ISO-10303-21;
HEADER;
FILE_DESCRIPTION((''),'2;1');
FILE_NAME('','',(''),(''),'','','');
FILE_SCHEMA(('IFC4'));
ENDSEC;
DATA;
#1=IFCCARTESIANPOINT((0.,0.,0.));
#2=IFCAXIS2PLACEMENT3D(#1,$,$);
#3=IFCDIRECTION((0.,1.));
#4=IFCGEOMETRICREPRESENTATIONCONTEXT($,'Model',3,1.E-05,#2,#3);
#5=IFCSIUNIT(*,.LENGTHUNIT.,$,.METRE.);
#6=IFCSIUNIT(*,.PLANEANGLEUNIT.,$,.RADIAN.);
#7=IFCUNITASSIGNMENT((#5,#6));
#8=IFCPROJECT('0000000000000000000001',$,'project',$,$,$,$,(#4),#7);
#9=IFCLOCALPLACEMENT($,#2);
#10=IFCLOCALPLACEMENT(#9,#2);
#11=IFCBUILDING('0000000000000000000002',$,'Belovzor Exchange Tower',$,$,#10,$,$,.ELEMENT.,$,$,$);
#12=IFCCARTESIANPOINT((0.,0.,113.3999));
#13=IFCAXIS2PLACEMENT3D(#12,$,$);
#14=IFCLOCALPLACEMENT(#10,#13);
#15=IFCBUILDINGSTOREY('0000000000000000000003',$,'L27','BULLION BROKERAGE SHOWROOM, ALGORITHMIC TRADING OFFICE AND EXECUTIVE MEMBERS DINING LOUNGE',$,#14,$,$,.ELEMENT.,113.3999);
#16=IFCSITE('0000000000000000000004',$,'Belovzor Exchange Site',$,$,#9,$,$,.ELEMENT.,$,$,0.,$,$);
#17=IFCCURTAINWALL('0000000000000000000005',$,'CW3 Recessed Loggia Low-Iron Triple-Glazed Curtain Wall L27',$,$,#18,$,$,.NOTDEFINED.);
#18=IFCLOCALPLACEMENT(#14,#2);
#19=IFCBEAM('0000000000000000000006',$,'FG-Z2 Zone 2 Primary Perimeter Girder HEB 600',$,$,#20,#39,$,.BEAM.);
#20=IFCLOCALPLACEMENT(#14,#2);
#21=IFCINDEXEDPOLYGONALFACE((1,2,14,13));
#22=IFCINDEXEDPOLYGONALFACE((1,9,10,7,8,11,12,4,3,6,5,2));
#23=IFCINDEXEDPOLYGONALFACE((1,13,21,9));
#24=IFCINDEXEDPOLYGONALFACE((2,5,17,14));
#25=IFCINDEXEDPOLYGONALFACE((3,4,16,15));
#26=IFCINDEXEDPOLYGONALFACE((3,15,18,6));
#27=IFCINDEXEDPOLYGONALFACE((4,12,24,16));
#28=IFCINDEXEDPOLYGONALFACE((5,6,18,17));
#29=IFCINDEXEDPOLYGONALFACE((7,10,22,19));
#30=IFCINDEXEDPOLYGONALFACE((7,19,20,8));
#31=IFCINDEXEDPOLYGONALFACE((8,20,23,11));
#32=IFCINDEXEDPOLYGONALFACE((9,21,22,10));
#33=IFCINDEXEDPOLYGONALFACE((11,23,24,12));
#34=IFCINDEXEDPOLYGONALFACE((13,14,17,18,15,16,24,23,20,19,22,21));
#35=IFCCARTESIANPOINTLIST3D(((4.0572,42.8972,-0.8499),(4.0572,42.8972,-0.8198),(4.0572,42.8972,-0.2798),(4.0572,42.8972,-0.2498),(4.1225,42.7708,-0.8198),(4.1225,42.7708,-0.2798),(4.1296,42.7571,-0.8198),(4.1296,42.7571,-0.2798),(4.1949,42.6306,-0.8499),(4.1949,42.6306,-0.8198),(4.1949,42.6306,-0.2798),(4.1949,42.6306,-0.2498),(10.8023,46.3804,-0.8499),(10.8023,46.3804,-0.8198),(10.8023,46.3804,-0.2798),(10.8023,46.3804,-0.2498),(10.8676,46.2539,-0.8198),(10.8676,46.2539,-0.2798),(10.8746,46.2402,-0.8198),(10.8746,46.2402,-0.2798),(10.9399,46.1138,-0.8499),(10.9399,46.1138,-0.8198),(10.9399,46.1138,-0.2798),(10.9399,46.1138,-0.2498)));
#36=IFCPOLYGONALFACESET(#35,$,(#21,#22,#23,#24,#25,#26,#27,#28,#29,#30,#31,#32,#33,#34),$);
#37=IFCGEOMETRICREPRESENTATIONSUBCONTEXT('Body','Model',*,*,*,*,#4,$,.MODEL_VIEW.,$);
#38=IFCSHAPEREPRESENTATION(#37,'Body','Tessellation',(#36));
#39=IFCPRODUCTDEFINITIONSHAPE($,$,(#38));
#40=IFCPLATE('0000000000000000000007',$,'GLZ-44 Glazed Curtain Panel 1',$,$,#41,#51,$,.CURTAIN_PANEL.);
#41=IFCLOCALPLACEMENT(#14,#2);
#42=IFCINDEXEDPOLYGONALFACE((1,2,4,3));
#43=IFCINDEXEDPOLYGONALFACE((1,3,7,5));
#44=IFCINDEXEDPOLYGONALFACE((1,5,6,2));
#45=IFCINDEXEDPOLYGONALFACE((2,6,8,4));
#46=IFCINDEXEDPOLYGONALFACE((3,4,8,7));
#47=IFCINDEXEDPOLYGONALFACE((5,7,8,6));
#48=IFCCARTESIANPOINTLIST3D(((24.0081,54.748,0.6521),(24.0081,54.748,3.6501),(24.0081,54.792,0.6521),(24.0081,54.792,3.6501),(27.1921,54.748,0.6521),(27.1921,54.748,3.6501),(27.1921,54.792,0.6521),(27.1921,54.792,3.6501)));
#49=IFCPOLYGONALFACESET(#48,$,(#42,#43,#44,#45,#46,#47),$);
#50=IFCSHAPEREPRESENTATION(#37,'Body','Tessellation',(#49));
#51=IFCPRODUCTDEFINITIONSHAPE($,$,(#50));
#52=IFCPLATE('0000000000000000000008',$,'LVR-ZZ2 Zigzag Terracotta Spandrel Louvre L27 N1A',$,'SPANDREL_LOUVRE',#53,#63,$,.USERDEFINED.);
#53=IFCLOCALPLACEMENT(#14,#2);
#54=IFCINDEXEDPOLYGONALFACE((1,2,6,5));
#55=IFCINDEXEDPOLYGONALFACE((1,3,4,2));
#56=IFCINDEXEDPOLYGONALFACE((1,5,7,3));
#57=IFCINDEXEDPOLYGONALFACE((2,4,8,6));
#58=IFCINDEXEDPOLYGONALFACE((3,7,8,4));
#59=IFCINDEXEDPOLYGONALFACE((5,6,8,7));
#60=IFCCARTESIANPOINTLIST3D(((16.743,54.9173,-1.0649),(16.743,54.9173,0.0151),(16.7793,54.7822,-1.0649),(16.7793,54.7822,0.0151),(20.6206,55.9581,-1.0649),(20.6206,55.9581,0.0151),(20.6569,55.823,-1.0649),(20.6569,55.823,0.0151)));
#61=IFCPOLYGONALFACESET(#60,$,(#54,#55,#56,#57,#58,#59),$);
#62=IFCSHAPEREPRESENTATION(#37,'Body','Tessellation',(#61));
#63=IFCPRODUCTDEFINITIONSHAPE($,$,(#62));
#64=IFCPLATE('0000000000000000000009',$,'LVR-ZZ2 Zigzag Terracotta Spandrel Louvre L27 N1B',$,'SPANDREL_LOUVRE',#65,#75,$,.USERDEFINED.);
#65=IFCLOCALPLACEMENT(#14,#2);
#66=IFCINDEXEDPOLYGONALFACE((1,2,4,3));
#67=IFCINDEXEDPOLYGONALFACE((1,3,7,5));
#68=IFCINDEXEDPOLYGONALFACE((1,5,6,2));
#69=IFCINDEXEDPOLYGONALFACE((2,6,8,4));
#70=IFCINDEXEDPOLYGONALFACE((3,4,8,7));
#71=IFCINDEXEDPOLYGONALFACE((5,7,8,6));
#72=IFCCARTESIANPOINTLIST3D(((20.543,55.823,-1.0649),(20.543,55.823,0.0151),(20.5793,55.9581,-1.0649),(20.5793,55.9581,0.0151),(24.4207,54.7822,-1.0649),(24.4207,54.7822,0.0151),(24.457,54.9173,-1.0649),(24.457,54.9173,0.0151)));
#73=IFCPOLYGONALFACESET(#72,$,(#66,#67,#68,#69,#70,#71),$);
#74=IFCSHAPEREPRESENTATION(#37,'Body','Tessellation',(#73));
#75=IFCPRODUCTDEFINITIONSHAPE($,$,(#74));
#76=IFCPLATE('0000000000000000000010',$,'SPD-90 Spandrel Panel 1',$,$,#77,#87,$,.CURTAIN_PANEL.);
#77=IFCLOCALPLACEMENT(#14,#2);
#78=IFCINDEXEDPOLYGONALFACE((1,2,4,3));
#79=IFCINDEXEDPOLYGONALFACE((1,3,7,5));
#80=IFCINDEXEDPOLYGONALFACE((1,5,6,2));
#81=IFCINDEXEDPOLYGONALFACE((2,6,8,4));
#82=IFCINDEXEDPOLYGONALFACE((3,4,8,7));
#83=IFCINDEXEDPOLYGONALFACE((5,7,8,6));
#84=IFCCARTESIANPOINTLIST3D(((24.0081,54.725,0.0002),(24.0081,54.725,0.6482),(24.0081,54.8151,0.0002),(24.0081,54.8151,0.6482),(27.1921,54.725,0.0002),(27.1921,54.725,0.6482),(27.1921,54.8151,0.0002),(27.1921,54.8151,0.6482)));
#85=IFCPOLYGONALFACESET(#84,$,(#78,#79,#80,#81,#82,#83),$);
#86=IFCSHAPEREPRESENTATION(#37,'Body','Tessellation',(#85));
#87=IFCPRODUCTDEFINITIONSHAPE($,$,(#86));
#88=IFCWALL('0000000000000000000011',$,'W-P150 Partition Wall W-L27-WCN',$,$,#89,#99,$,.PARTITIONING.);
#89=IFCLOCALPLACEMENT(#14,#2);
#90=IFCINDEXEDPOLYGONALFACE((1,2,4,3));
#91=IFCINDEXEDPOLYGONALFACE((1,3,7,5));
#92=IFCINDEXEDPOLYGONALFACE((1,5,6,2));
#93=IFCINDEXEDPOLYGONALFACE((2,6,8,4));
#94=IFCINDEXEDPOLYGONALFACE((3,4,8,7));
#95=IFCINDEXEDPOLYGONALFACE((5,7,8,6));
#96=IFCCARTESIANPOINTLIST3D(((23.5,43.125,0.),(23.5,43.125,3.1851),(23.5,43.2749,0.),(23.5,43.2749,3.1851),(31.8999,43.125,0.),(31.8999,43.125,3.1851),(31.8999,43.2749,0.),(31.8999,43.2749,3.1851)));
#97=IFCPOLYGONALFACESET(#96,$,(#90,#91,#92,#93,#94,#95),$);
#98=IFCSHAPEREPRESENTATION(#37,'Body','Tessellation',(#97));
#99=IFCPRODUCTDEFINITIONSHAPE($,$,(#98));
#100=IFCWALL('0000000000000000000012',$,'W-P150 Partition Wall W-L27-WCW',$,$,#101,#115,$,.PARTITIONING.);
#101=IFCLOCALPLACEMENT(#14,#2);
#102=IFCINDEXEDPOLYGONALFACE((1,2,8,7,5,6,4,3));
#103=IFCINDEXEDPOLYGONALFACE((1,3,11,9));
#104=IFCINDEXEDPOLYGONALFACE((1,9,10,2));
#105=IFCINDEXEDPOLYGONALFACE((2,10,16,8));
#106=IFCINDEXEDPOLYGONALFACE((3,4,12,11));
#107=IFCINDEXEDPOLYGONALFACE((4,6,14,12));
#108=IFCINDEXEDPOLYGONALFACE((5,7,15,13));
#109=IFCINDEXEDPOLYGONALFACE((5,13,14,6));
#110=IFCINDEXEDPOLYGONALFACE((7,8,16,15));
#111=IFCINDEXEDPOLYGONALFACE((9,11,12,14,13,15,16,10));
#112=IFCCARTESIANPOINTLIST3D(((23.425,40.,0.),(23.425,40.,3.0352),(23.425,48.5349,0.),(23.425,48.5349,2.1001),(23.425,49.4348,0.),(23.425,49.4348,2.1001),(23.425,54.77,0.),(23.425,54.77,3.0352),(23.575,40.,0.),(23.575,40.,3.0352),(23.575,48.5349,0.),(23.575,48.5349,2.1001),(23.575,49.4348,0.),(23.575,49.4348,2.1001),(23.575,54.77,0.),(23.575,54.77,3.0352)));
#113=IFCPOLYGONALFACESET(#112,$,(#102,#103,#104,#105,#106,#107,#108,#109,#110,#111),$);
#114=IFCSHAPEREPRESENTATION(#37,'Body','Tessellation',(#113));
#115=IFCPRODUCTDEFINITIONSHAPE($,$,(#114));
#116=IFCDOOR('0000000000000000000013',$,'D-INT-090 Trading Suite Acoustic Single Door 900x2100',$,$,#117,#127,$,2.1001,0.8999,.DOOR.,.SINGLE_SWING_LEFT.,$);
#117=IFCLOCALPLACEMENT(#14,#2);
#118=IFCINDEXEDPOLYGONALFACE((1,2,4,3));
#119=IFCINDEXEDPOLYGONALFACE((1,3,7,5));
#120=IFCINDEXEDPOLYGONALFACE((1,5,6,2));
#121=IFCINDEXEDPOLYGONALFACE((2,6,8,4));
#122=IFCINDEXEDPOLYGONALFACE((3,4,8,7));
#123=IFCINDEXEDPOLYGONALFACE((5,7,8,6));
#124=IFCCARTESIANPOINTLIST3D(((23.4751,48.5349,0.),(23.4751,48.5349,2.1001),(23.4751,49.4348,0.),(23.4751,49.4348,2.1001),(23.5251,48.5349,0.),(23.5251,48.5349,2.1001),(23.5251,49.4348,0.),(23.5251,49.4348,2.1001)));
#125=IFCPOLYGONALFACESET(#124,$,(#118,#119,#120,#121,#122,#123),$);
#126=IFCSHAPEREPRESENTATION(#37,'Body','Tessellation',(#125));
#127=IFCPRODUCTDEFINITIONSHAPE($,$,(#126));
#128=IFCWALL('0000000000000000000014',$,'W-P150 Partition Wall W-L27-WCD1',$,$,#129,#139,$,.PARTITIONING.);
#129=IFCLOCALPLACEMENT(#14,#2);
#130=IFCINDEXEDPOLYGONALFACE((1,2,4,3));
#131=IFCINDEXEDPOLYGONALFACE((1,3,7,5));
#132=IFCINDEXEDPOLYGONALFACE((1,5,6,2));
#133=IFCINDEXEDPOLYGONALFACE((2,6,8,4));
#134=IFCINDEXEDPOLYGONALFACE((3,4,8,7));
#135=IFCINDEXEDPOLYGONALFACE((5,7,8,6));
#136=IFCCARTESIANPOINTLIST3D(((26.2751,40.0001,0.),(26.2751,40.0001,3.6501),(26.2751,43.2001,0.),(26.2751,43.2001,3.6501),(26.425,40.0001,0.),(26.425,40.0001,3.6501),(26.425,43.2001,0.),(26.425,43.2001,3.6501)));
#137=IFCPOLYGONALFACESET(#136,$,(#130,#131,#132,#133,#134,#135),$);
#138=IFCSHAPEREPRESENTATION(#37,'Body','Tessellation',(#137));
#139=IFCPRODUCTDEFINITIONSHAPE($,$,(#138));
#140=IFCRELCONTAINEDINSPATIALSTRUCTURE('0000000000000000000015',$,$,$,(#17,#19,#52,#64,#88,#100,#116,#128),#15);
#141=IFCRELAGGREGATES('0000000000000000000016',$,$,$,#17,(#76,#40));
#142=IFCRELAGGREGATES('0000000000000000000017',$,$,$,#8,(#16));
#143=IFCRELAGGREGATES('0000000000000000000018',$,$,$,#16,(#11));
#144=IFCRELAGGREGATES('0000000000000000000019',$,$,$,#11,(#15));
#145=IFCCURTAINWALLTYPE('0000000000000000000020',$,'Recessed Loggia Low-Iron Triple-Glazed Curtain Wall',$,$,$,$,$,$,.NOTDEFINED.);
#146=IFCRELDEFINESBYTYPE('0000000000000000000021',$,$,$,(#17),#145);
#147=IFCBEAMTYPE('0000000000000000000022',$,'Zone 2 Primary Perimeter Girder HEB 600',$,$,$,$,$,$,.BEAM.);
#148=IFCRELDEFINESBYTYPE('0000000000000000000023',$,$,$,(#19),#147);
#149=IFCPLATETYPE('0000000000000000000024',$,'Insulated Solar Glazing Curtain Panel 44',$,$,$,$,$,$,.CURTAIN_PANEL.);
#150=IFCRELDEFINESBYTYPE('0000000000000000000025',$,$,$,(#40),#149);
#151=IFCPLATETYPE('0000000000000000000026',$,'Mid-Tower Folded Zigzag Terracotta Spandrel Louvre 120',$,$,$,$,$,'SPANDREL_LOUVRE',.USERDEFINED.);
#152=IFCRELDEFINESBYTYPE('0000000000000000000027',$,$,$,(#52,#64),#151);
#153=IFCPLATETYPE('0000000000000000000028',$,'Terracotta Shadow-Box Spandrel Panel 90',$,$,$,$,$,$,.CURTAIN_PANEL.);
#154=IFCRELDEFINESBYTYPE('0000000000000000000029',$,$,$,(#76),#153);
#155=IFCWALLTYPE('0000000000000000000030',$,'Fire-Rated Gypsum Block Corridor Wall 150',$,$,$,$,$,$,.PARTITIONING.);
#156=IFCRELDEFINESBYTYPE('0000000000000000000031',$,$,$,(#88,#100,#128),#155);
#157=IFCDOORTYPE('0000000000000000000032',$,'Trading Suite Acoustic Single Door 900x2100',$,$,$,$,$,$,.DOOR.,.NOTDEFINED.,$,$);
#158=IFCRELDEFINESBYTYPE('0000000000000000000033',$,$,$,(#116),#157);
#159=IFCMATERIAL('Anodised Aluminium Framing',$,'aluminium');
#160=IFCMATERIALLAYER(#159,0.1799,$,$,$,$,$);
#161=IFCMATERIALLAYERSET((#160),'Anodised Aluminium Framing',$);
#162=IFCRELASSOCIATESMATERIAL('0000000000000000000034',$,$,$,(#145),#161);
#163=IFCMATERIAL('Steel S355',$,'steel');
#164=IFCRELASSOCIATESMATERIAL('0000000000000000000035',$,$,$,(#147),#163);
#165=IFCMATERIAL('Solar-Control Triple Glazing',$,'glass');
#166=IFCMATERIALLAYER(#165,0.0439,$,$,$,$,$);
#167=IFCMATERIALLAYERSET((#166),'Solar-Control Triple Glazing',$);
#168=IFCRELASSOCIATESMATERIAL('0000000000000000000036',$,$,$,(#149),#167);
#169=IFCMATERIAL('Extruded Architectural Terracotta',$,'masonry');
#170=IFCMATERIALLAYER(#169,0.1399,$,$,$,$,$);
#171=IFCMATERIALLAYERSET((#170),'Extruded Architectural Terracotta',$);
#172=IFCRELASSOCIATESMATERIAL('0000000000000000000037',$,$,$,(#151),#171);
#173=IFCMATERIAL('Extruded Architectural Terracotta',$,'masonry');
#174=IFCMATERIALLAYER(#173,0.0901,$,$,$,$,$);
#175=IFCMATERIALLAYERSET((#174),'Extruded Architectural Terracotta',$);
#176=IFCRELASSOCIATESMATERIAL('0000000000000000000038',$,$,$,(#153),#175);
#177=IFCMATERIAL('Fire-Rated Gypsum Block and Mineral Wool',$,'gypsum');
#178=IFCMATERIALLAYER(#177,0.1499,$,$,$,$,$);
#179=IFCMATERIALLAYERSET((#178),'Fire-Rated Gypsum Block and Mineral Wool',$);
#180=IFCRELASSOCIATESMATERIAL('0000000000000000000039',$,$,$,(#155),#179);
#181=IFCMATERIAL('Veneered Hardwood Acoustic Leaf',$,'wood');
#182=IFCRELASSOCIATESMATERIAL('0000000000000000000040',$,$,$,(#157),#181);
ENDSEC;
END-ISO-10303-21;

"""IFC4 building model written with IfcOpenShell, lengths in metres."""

from ifc_helpers import new_model, si_unit, direction, frame, frame_2d, origin, origin_2d, place, context, subcontext, project, spatial, rectangle, i_section, extrude, material, layer, layer_set, material_profile, profile_set, type_object, element, fill, aggregate, save


model = new_model("IFC4")

# Units and contexts
model_context = context("Model", 3, precision=1e-05, world=origin(), true_north=direction((0.0, 1.0)))
body_context = subcontext(model_context, "Body", "Model", "MODEL_VIEW")
ifc_project = project(units=[si_unit("LENGTHUNIT", "METRE"), si_unit("PLANEANGLEUNIT", "RADIAN")], contexts=[model_context])

# Site, building, storey
site_placement = place(None, origin())
site = spatial("IfcSite", under=ifc_project, at=site_placement, Name="Belovzor Exchange Site", CompositionType="ELEMENT", RefElevation=0.0)
building_placement = place(site_placement, origin())
building = spatial("IfcBuilding", under=site, at=building_placement, Name="Belovzor Exchange Tower", CompositionType="ELEMENT")
storey_placement = place(building_placement, frame((0.0, 0.0, 113.3999)))
storey = spatial("IfcBuildingStorey", under=building, at=storey_placement, Name="L27", Description="BULLION BROKERAGE SHOWROOM, ALGORITHMIC TRADING OFFICE AND EXECUTIVE MEMBERS DINING LOUNGE", CompositionType="ELEMENT", Elevation=113.3999)

# Curtain wall
ifc_material_1 = material(Name="Anodised Aluminium Framing", Category="aluminium")
ifc_layer_1 = layer(ifc_material_1, 0.1799)
ifc_layer_set_1 = layer_set([ifc_layer_1], Name="Anodised Aluminium Framing")
curtain_wall_type = type_object("IfcCurtainWallType", Name="Recessed Loggia Low-Iron Triple-Glazed Curtain Wall", PredefinedType="NOTDEFINED", material=ifc_layer_set_1)
curtain_wall_placement = place(storey_placement, origin())
curtain_wall = element("IfcCurtainWall", 1, at=curtain_wall_placement, inside=storey, type_object=curtain_wall_type, Name="CW3 Recessed Loggia Low-Iron Triple-Glazed Curtain Wall L27", PredefinedType="NOTDEFINED")

# Beam
ifc_material_2 = material(Name="Steel S355", Category="steel")
ifc_material_profile_1 = material_profile(ifc_material_2, i_section(OverallWidth=0.3, OverallDepth=0.6001, WebThickness=0.0154, FlangeThickness=0.03, at=origin_2d()))
ifc_profile_set_1 = profile_set([ifc_material_profile_1], Name="Steel S355")
beam_type_1 = type_object("IfcBeamType", Name="Zone 2 Primary Perimeter Girder HEB 600", PredefinedType="BEAM", material=ifc_profile_set_1)
for number, where, z_axis, x_axis, name in (
    (2, (10.8711, 46.2471, -0.5498), (-0.888524, -0.458831, 0.0), (0.458831, -0.888524, 0.0), "FG-Z2 Zone 2 Primary Perimeter Girder HEB 600"),
):
    element("IfcBeam", number, at=place(storey_placement, frame(where, z_axis=z_axis, x_axis=x_axis)), inside=storey, type_object=beam_type_1, Name=name, PredefinedType="BEAM", context=body_context, shape_type="SweptSolid", body=[
        extrude(i_section(OverallWidth=0.3, OverallDepth=0.6001, WebThickness=0.0154, FlangeThickness=0.03, at=origin_2d()), origin(), (0.0, 0.0, 1.0), 7.5913),
    ])

# Plate
ifc_material_3 = material(Name="Solar-Control Triple Glazing", Category="glass")
ifc_layer_2 = layer(ifc_material_3, 0.0439)
ifc_layer_set_2 = layer_set([ifc_layer_2], Name="Solar-Control Triple Glazing")
plate_type_1 = type_object("IfcPlateType", Name="Insulated Solar Glazing Curtain Panel 44", PredefinedType="CURTAIN_PANEL", material=ifc_layer_set_2)
plate_1_placement = place(storey_placement, frame((25.6001, 54.77, 0.6521), z_axis=(0.0, 0.0, 1.0), x_axis=(1.0, 0.0, 0.0)))
plate_1 = element("IfcPlate", 3, at=plate_1_placement, type_object=plate_type_1, Name="GLZ-44 Glazed Curtain Panel 1", PredefinedType="CURTAIN_PANEL", context=body_context, shape_type="SweptSolid", body=[
    extrude(rectangle(XDim=3.1841, YDim=0.0439, at=origin_2d()), origin(), (0.0, 0.0, 1.0), 2.998),
])

# Plates
ifc_material_4 = material(Name="Extruded Architectural Terracotta", Category="masonry")
ifc_layer_3 = layer(ifc_material_4, 0.1399)
ifc_layer_set_3 = layer_set([ifc_layer_3], Name="Extruded Architectural Terracotta")
plate_type_2 = type_object("IfcPlateType", Name="Mid-Tower Folded Zigzag Terracotta Spandrel Louvre 120", ElementType="SPANDREL_LOUVRE", PredefinedType="USERDEFINED", material=ifc_layer_set_3)
for number, where, z_axis, x_axis, name in (
    (4, (18.7, 55.3701, -1.0649), (0.0, 0.0, 1.0), (0.965813, 0.25924, 0.0), "LVR-ZZ2 Zigzag Terracotta Spandrel Louvre L27 N1A"),
    (5, (22.5, 55.3701, -1.0649), (0.0, 0.0, 1.0), (0.965813, -0.25924, 0.0), "LVR-ZZ2 Zigzag Terracotta Spandrel Louvre L27 N1B"),
):
    element("IfcPlate", number, at=place(storey_placement, frame(where, z_axis=z_axis, x_axis=x_axis)), inside=storey, type_object=plate_type_2, Name=name, ObjectType="SPANDREL_LOUVRE", PredefinedType="USERDEFINED", context=body_context, shape_type="SweptSolid", body=[
        extrude(rectangle(XDim=4.0149, YDim=0.1399, at=origin_2d()), origin(), (0.0, 0.0, 1.0), 1.0801),
    ])

# Plate
ifc_material_5 = material(Name="Extruded Architectural Terracotta", Category="masonry")
ifc_layer_4 = layer(ifc_material_5, 0.0901)
ifc_layer_set_4 = layer_set([ifc_layer_4], Name="Extruded Architectural Terracotta")
plate_type_3 = type_object("IfcPlateType", Name="Terracotta Shadow-Box Spandrel Panel 90", PredefinedType="CURTAIN_PANEL", material=ifc_layer_set_4)
plate_2_placement = place(storey_placement, frame((25.6001, 54.77, 0.0002), z_axis=(0.0, 0.0, 1.0), x_axis=(1.0, 0.0, 0.0)))
plate_2 = element("IfcPlate", 6, at=plate_2_placement, type_object=plate_type_3, Name="SPD-90 Spandrel Panel 1", PredefinedType="CURTAIN_PANEL", context=body_context, shape_type="SweptSolid", body=[
    extrude(rectangle(XDim=3.1841, YDim=0.0901, at=origin_2d()), origin(), (0.0, 0.0, 1.0), 0.6479),
])
aggregate(curtain_wall, [plate_2, plate_1])

# Wall
ifc_material_6 = material(Name="Fire-Rated Gypsum Block and Mineral Wool", Category="gypsum")
ifc_layer_5 = layer(ifc_material_6, 0.1499)
ifc_layer_set_5 = layer_set([ifc_layer_5], Name="Fire-Rated Gypsum Block and Mineral Wool")
wall_type = type_object("IfcWallType", Name="Fire-Rated Gypsum Block Corridor Wall 150", PredefinedType="PARTITIONING", material=ifc_layer_set_5)
wall_1_placement = place(storey_placement, frame((23.5, 43.2, 0.0), z_axis=(0.0, 0.0, 1.0), x_axis=(1.0, 0.0, 0.0)))
element("IfcWall", 7, at=wall_1_placement, inside=storey, type_object=wall_type, Name="W-P150 Partition Wall W-L27-WCN", PredefinedType="PARTITIONING", context=body_context, shape_type="SweptSolid", body=[
    extrude(rectangle(XDim=8.3999, YDim=0.1499, at=frame_2d((4.2, 0.0))), origin(), (0.0, 0.0, 1.0), 3.1851),
])

# Wall, opening, door
wall_2_placement = place(storey_placement, frame((23.5, 40.0, 0.0), z_axis=(0.0, 0.0, 1.0), x_axis=(0.0, 1.0, 0.0)))
wall_2 = element("IfcWall", 8, at=wall_2_placement, inside=storey, type_object=wall_type, Name="W-P150 Partition Wall W-L27-WCW", PredefinedType="PARTITIONING", context=body_context, shape_type="SweptSolid", body=[
    extrude(rectangle(XDim=14.77, YDim=0.1499, at=frame_2d((7.385, 0.0))), origin(), (0.0, 0.0, 1.0), 3.0352),
])
opening_1_placement = place(wall_2_placement, frame((8.5349, 0.0, 0.0)))
opening_1 = element("IfcOpeningElement", 9, at=opening_1_placement, cuts=wall_2, PredefinedType="OPENING", context=body_context, shape_type="SweptSolid", body=[
    extrude(rectangle(XDim=0.8999, YDim=2.1001, at=frame_2d((0.45, 1.05))), frame((0.0, 0.085, 0.0), z_axis=(0.0, -1.0, 0.0), x_axis=(1.0, 0.0, 0.0)), (0.0, 0.0, 1.0), 0.1699),
])
ifc_material_7 = material(Name="Veneered Hardwood Acoustic Leaf", Category="wood")
door_type_1 = type_object("IfcDoorType", Name="Trading Suite Acoustic Single Door 900x2100", OperationType="NOTDEFINED", PredefinedType="DOOR", material=ifc_material_7)
door_1_placement = place(opening_1_placement, origin())
door_1 = element("IfcDoor", 10, at=door_1_placement, inside=storey, type_object=door_type_1, Name="D-INT-090 Trading Suite Acoustic Single Door 900x2100", OperationType="SINGLE_SWING_LEFT", OverallHeight=2.1001, OverallWidth=0.8999, PredefinedType="DOOR", context=body_context, shape_type="SweptSolid", body=[
    extrude(rectangle(XDim=0.8999, YDim=2.1001, at=frame_2d((0.45, 1.05))), frame((0.0, 0.0249, 0.0), z_axis=(0.0, -1.0, 0.0), x_axis=(1.0, 0.0, 0.0)), (0.0, 0.0, 1.0), 0.05),
])
fill(opening_1, door_1)

# Wall
wall_3_placement = place(storey_placement, frame((26.3501, 40.0, 0.0), z_axis=(0.0, 0.0, 1.0), x_axis=(0.0, 1.0, 0.0)))
element("IfcWall", 11, at=wall_3_placement, inside=storey, type_object=wall_type, Name="W-P150 Partition Wall W-L27-WCD1", PredefinedType="PARTITIONING", context=body_context, shape_type="SweptSolid", body=[
    extrude(rectangle(XDim=3.2, YDim=0.1499, at=frame_2d((1.6001, 0.0))), origin(), (0.0, 0.0, 1.0), 3.6501),
])

save(model, "model.ifc")
